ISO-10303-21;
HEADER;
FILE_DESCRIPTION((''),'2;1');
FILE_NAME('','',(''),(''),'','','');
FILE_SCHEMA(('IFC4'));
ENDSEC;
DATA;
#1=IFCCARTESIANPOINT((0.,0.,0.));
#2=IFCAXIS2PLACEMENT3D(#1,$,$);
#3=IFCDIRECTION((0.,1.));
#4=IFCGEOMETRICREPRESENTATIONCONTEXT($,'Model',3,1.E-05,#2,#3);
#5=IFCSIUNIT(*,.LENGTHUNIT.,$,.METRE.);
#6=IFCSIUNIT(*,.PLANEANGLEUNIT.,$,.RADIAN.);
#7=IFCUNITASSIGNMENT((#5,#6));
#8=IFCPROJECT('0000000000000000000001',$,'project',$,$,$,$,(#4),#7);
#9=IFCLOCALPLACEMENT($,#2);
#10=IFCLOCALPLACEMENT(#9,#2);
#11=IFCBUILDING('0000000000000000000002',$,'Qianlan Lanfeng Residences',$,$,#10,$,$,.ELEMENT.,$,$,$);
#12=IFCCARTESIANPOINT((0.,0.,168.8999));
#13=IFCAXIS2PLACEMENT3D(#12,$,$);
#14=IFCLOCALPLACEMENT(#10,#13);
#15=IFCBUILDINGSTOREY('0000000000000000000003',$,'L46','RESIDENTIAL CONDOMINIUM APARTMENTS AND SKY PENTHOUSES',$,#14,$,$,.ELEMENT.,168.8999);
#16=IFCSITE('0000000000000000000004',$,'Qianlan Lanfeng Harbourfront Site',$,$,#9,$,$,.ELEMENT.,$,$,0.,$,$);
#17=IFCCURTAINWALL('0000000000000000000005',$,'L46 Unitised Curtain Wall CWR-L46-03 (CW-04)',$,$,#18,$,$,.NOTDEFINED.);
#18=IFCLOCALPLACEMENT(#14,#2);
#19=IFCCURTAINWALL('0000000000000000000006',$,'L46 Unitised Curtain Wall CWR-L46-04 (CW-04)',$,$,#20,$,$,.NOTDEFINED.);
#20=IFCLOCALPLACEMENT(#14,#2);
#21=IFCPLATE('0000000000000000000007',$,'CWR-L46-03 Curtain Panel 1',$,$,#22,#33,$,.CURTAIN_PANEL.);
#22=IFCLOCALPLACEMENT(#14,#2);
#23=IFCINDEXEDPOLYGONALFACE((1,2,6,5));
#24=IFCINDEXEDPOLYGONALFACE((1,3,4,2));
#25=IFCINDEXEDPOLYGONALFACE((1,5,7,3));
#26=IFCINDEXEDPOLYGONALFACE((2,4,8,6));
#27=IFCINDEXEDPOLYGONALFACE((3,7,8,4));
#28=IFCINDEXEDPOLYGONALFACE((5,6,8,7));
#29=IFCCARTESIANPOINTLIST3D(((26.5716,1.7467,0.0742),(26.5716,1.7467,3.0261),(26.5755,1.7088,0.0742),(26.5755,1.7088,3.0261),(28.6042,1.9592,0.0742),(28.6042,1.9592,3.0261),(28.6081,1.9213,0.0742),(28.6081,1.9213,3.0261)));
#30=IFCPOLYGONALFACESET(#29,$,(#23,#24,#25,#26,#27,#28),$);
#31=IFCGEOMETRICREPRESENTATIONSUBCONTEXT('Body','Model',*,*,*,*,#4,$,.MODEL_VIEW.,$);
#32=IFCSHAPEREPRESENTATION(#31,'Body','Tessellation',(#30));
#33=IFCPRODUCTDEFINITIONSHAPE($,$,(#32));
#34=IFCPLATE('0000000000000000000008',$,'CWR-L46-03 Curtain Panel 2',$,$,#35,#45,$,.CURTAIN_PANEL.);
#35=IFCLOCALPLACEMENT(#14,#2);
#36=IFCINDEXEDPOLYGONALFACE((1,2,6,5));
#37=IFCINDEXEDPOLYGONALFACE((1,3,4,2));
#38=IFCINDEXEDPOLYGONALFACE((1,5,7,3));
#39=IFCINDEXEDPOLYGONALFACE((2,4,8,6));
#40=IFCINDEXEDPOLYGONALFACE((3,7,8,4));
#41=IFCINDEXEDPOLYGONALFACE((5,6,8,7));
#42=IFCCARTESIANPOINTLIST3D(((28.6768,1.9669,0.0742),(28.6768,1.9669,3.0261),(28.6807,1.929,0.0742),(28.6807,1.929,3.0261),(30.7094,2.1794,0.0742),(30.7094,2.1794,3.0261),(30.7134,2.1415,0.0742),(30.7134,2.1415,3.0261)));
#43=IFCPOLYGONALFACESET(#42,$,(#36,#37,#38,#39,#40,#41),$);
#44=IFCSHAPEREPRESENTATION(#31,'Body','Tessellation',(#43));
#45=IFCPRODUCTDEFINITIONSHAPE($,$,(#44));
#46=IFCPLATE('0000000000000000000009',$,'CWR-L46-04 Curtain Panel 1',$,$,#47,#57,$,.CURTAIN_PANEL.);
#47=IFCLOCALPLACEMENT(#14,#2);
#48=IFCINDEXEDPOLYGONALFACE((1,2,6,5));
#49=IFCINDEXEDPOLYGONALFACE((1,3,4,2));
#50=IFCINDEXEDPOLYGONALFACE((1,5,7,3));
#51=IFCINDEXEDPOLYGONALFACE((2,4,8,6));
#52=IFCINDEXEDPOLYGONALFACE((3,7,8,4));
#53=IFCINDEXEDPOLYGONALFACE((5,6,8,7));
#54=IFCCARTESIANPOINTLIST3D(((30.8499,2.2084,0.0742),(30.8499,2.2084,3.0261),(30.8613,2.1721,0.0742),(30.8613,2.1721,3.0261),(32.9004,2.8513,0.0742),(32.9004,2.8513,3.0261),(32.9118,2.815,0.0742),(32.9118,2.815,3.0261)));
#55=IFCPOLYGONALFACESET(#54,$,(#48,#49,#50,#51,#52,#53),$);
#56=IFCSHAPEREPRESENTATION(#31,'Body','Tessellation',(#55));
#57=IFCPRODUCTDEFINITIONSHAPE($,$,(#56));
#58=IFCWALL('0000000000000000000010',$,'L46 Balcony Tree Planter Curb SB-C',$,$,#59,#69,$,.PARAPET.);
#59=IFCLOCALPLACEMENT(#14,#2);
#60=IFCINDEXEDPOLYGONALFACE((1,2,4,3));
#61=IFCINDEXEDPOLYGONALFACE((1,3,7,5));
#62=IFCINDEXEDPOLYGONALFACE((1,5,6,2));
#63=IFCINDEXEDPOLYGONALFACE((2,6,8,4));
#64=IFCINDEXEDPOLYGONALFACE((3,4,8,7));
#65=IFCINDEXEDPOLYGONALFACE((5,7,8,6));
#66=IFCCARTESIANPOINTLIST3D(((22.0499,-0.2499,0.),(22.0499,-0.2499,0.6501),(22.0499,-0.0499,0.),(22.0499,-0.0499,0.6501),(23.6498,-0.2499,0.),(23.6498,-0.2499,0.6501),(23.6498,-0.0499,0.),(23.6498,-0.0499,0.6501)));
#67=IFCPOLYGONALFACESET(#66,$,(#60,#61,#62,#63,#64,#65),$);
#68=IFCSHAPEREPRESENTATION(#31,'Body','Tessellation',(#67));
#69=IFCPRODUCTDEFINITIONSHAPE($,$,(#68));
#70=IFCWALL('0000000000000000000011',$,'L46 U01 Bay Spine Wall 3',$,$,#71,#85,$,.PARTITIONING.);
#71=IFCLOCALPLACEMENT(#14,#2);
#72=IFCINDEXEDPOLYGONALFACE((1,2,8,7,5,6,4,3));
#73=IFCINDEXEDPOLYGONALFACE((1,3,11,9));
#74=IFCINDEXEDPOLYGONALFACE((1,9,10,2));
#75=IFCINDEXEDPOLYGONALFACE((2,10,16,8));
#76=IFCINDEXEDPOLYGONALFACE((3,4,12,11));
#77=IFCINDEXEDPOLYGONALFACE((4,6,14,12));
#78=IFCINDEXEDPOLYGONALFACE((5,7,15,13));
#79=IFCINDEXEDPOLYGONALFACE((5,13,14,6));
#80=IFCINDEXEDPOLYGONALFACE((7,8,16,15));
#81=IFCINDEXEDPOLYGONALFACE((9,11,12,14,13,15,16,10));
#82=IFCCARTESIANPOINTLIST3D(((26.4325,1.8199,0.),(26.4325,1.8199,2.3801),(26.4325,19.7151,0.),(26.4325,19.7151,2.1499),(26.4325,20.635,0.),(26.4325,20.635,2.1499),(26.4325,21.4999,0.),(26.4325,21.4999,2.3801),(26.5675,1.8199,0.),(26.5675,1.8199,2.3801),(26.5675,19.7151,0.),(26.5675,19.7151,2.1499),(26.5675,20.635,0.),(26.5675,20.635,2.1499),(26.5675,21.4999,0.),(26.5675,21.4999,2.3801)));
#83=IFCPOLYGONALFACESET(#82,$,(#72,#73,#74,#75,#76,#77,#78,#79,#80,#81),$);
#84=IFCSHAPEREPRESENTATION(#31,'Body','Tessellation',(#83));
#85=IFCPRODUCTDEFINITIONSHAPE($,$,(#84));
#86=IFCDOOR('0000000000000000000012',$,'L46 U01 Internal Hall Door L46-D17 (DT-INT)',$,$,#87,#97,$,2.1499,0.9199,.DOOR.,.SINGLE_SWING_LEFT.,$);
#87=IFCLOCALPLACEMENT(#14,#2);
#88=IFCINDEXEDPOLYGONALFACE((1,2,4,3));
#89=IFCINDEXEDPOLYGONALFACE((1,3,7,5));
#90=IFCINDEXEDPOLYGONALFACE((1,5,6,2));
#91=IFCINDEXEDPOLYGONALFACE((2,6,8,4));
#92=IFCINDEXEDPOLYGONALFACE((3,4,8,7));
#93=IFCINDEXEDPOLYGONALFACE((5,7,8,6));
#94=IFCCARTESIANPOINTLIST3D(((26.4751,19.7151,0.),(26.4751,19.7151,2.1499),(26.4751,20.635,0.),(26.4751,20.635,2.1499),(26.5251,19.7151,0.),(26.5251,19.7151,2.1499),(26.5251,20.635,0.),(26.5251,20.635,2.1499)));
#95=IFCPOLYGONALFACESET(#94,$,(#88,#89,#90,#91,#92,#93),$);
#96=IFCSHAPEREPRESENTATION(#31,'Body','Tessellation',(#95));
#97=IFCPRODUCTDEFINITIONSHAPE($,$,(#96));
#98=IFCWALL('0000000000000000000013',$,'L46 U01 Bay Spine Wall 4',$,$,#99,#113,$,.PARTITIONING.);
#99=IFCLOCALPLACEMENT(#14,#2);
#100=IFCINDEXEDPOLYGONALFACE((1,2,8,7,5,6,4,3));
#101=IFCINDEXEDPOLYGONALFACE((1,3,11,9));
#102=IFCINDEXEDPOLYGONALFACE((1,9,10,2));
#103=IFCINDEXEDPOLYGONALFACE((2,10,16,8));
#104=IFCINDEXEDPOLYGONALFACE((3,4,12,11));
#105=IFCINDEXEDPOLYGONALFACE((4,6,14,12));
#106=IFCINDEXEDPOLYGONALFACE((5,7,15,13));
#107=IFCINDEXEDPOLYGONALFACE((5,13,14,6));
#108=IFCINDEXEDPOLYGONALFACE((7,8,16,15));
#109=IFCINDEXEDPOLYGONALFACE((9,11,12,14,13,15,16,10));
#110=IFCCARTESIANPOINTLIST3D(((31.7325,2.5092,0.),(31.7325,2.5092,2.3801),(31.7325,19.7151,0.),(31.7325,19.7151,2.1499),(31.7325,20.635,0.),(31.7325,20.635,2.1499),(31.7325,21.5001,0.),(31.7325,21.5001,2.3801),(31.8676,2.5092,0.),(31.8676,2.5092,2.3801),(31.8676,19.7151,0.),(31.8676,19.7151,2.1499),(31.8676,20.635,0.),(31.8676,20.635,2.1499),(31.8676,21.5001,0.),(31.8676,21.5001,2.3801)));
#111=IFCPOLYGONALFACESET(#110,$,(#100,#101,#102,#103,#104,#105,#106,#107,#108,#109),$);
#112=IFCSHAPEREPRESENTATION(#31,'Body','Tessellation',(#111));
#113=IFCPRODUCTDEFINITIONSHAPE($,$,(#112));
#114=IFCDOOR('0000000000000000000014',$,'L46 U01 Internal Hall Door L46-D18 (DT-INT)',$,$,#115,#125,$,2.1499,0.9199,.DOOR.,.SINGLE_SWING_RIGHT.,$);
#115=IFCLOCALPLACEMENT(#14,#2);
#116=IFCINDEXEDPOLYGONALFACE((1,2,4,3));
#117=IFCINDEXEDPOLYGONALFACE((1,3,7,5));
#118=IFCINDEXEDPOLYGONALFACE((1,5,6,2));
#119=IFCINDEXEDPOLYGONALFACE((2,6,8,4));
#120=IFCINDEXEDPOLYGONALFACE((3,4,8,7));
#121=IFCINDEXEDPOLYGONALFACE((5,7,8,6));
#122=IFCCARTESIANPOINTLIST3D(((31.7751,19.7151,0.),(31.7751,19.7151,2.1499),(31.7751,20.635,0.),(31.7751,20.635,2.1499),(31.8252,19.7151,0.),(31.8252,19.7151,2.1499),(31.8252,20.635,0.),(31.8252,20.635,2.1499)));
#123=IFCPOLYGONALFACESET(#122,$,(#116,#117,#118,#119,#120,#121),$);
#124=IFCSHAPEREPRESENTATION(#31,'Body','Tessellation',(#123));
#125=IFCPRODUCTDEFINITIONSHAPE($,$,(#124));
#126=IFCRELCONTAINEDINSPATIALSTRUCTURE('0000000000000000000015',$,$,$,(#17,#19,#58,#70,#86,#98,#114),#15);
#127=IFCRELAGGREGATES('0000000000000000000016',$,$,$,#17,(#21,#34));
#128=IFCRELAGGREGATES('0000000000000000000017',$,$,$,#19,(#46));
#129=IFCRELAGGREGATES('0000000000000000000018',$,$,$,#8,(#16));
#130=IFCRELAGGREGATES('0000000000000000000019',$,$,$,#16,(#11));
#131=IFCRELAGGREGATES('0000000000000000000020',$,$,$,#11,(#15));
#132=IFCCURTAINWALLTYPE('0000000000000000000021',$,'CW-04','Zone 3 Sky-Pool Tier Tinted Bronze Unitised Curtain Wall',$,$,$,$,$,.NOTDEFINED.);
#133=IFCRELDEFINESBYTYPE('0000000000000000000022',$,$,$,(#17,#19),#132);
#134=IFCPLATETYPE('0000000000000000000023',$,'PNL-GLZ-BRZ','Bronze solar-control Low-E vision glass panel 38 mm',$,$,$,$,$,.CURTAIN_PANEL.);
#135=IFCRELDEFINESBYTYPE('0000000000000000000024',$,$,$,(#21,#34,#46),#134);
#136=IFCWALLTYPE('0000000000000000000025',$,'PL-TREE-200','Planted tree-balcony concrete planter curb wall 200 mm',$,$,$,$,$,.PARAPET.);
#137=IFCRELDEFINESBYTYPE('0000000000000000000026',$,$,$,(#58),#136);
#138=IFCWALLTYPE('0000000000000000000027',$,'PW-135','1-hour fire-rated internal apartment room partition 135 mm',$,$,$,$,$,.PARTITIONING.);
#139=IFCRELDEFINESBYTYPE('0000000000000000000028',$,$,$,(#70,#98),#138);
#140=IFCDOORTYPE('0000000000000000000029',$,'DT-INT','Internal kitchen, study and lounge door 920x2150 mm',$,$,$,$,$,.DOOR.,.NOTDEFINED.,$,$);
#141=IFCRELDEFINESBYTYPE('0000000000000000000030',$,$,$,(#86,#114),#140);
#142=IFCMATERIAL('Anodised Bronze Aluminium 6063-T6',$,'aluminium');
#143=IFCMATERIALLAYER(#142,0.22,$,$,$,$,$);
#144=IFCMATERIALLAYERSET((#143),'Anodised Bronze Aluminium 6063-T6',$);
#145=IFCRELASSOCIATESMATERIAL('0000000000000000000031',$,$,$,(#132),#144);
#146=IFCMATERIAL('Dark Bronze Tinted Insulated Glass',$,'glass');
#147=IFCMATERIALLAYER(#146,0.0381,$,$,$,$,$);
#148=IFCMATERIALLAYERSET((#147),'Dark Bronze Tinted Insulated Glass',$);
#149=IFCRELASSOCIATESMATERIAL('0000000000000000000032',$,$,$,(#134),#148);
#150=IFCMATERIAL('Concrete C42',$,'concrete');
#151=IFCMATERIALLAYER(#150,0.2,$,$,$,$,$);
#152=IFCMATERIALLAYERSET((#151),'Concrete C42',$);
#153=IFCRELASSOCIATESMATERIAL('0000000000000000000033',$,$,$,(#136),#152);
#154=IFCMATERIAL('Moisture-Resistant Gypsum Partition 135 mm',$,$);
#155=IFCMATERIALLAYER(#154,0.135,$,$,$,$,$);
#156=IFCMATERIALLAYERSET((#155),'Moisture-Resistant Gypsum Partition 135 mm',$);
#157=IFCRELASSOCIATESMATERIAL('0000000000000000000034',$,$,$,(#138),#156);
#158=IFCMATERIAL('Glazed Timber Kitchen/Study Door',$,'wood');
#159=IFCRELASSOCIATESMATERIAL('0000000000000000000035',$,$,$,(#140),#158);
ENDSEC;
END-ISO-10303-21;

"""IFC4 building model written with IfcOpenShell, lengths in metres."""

from ifc_helpers import new_model, si_unit, direction, frame, frame_2d, origin, origin_2d, place, context, subcontext, project, spatial, rectangle, extrude, source, transform, mapped, material, layer, layer_set, type_object, element, fill, aggregate, save


model = new_model("IFC4")

# Units and contexts
model_context = context("Model", 3, precision=1e-05, world=origin(), true_north=direction((0.0, 1.0)))
body_context = subcontext(model_context, "Body", "Model", "MODEL_VIEW")
ifc_project = project(units=[si_unit("LENGTHUNIT", "METRE"), si_unit("PLANEANGLEUNIT", "RADIAN")], contexts=[model_context])

# Site, building, storey
site_placement = place(None, origin())
site = spatial("IfcSite", under=ifc_project, at=site_placement, Name="Qianlan Lanfeng Harbourfront Site", CompositionType="ELEMENT", RefElevation=0.0)
building_placement = place(site_placement, origin())
building = spatial("IfcBuilding", under=site, at=building_placement, Name="Qianlan Lanfeng Residences", CompositionType="ELEMENT")
storey_placement = place(building_placement, frame((0.0, 0.0, 168.8999)))
storey = spatial("IfcBuildingStorey", under=building, at=storey_placement, Name="L46", Description="RESIDENTIAL CONDOMINIUM APARTMENTS AND SKY PENTHOUSES", CompositionType="ELEMENT", Elevation=168.8999)

# Curtain walls
ifc_material_1 = material(Name="Anodised Bronze Aluminium 6063-T6", Category="aluminium")
ifc_layer_1 = layer(ifc_material_1, 0.22)
ifc_layer_set_1 = layer_set([ifc_layer_1], Name="Anodised Bronze Aluminium 6063-T6")
curtain_wall_type = type_object("IfcCurtainWallType", Name="CW-04", Description="Zone 3 Sky-Pool Tier Tinted Bronze Unitised Curtain Wall", PredefinedType="NOTDEFINED", material=ifc_layer_set_1)
curtain_wall_1_placement = place(storey_placement, origin())
curtain_wall_1 = element("IfcCurtainWall", 1, at=curtain_wall_1_placement, inside=storey, type_object=curtain_wall_type, Name="L46 Unitised Curtain Wall CWR-L46-03 (CW-04)", PredefinedType="NOTDEFINED")
curtain_wall_2_placement = place(storey_placement, origin())
curtain_wall_2 = element("IfcCurtainWall", 2, at=curtain_wall_2_placement, inside=storey, type_object=curtain_wall_type, Name="L46 Unitised Curtain Wall CWR-L46-04 (CW-04)", PredefinedType="NOTDEFINED")

# Plates
ifc_material_2 = material(Name="Dark Bronze Tinted Insulated Glass", Category="glass")
ifc_layer_2 = layer(ifc_material_2, 0.0381)
ifc_layer_set_2 = layer_set([ifc_layer_2], Name="Dark Bronze Tinted Insulated Glass")
plate_type = type_object("IfcPlateType", Name="PNL-GLZ-BRZ", Description="Bronze solar-control Low-E vision glass panel 38 mm", PredefinedType="CURTAIN_PANEL", material=ifc_layer_set_2)
shared_shape_1 = source(origin(), body_context, "Body", "SweptSolid", [
    extrude(rectangle(XDim=2.0437, YDim=0.0381, at=origin_2d()), origin(), (0.0, 0.0, 1.0), 2.9519),
])
plate_1_placement = place(storey_placement, frame((27.5898, 1.834, 0.0742), z_axis=(0.0, 0.0, 1.0), x_axis=(0.994579, 0.103983, 0.0)))
plate_1 = element("IfcPlate", 3, at=plate_1_placement, type_object=plate_type, Name="CWR-L46-03 Curtain Panel 1", PredefinedType="CURTAIN_PANEL", context=body_context, shape_type="MappedRepresentation", body=[
    mapped(shared_shape_1, transform((0.0, 0.0, 0.0), scale=1.0)),
])
plate_2_placement = place(storey_placement, frame((29.6951, 2.0542, 0.0742), z_axis=(0.0, 0.0, 1.0), x_axis=(0.994579, 0.103983, 0.0)))
plate_2 = element("IfcPlate", 4, at=plate_2_placement, type_object=plate_type, Name="CWR-L46-03 Curtain Panel 2", PredefinedType="CURTAIN_PANEL", context=body_context, shape_type="MappedRepresentation", body=[
    mapped(shared_shape_1, transform((0.0, 0.0, 0.0), scale=1.0)),
])
aggregate(curtain_wall_1, [plate_1, plate_2])
shared_shape_2 = source(origin(), body_context, "Body", "SweptSolid", [
    extrude(rectangle(XDim=2.1489, YDim=0.0381, at=origin_2d()), origin(), (0.0, 0.0, 1.0), 2.9519),
])
plate_3_placement = place(storey_placement, frame((31.8809, 2.5117, 0.0742), z_axis=(0.0, 0.0, 1.0), x_axis=(0.954196, 0.299182, 0.0)))
plate_3 = element("IfcPlate", 5, at=plate_3_placement, type_object=plate_type, Name="CWR-L46-04 Curtain Panel 1", PredefinedType="CURTAIN_PANEL", context=body_context, shape_type="MappedRepresentation", body=[
    mapped(shared_shape_2, transform((0.0, 0.0, 0.0), scale=1.0)),
])
aggregate(curtain_wall_2, [plate_3])

# Wall
ifc_material_3 = material(Name="Concrete C42", Category="concrete")
ifc_layer_3 = layer(ifc_material_3, 0.2)
ifc_layer_set_3 = layer_set([ifc_layer_3], Name="Concrete C42")
wall_type_1 = type_object("IfcWallType", Name="PL-TREE-200", Description="Planted tree-balcony concrete planter curb wall 200 mm", PredefinedType="PARAPET", material=ifc_layer_set_3)
wall_1_placement = place(storey_placement, frame((22.05, -0.1499, 0.0), z_axis=(0.0, 0.0, 1.0), x_axis=(1.0, 0.0, 0.0)))
element("IfcWall", 6, at=wall_1_placement, inside=storey, type_object=wall_type_1, Name="L46 Balcony Tree Planter Curb SB-C", PredefinedType="PARAPET", context=body_context, shape_type="SweptSolid", body=[
    extrude(rectangle(XDim=1.5999, YDim=0.2, at=frame_2d((0.7998, 0.0))), origin(), (0.0, 0.0, 1.0), 0.6501),
])

# Walls, openings, doors
ifc_material_4 = material(Name="Moisture-Resistant Gypsum Partition 135 mm")
ifc_layer_4 = layer(ifc_material_4, 0.135)
ifc_layer_set_4 = layer_set([ifc_layer_4], Name="Moisture-Resistant Gypsum Partition 135 mm")
wall_type_2 = type_object("IfcWallType", Name="PW-135", Description="1-hour fire-rated internal apartment room partition 135 mm", PredefinedType="PARTITIONING", material=ifc_layer_set_4)
wall_2_placement = place(storey_placement, frame((26.5, 1.8201, 0.0), z_axis=(0.0, 0.0, 1.0), x_axis=(0.0, 1.0, 0.0)))
wall_2 = element("IfcWall", 7, at=wall_2_placement, inside=storey, type_object=wall_type_2, Name="L46 U01 Bay Spine Wall 3", PredefinedType="PARTITIONING", context=body_context, shape_type="SweptSolid", body=[
    extrude(rectangle(XDim=19.6799, YDim=0.135, at=frame_2d((9.8398, 0.0))), origin(), (0.0, 0.0, 1.0), 2.3801),
])
opening_1_placement = place(wall_2_placement, frame((17.895, 0.0, 0.0)))
opening_1 = element("IfcOpeningElement", 8, at=opening_1_placement, cuts=wall_2, PredefinedType="OPENING", context=body_context, shape_type="SweptSolid", body=[
    extrude(rectangle(XDim=0.9199, YDim=2.1499, at=frame_2d((0.46, 1.075))), frame((0.0, 0.0776, 0.0), z_axis=(0.0, -1.0, 0.0), x_axis=(1.0, 0.0, 0.0)), (0.0, 0.0, 1.0), 0.155),
])
ifc_material_5 = material(Name="Glazed Timber Kitchen/Study Door", Category="wood")
door_type = type_object("IfcDoorType", Name="DT-INT", Description="Internal kitchen, study and lounge door 920x2150 mm", OperationType="NOTDEFINED", PredefinedType="DOOR", material=ifc_material_5)
door_1_placement = place(opening_1_placement, origin())
door_1 = element("IfcDoor", 9, at=door_1_placement, inside=storey, type_object=door_type, Name="L46 U01 Internal Hall Door L46-D17 (DT-INT)", OperationType="SINGLE_SWING_LEFT", OverallHeight=2.1499, OverallWidth=0.9199, PredefinedType="DOOR", context=body_context, shape_type="SweptSolid", body=[
    extrude(rectangle(XDim=0.9199, YDim=2.1499, at=frame_2d((0.46, 1.075))), frame((0.0, 0.0249, 0.0), z_axis=(0.0, -1.0, 0.0), x_axis=(1.0, 0.0, 0.0)), (0.0, 0.0, 1.0), 0.05),
])
fill(opening_1, door_1)
wall_3_placement = place(storey_placement, frame((31.8, 2.509, 0.0), z_axis=(0.0, 0.0, 1.0), x_axis=(0.0, 1.0, 0.0)))
wall_3 = element("IfcWall", 10, at=wall_3_placement, inside=storey, type_object=wall_type_2, Name="L46 U01 Bay Spine Wall 4", PredefinedType="PARTITIONING", context=body_context, shape_type="SweptSolid", body=[
    extrude(rectangle(XDim=18.991, YDim=0.135, at=frame_2d((9.4956, 0.0))), origin(), (0.0, 0.0, 1.0), 2.3801),
])
opening_2_placement = place(wall_3_placement, frame((17.2061, 0.0, 0.0)))
opening_2 = element("IfcOpeningElement", 11, at=opening_2_placement, cuts=wall_3, PredefinedType="OPENING", context=body_context, shape_type="SweptSolid", body=[
    extrude(rectangle(XDim=0.9199, YDim=2.1499, at=frame_2d((0.46, 1.075))), frame((0.0, 0.0776, 0.0), z_axis=(0.0, -1.0, 0.0), x_axis=(1.0, 0.0, 0.0)), (0.0, 0.0, 1.0), 0.155),
])
door_2_placement = place(opening_2_placement, origin())
door_2 = element("IfcDoor", 12, at=door_2_placement, inside=storey, type_object=door_type, Name="L46 U01 Internal Hall Door L46-D18 (DT-INT)", OperationType="SINGLE_SWING_RIGHT", OverallHeight=2.1499, OverallWidth=0.9199, PredefinedType="DOOR", context=body_context, shape_type="SweptSolid", body=[
    extrude(rectangle(XDim=0.9199, YDim=2.1499, at=frame_2d((0.46, 1.075))), frame((0.0, 0.0249, 0.0), z_axis=(0.0, -1.0, 0.0), x_axis=(1.0, 0.0, 0.0)), (0.0, 0.0, 1.0), 0.05),
])
fill(opening_2, door_2)

save(model, "model.ifc")
